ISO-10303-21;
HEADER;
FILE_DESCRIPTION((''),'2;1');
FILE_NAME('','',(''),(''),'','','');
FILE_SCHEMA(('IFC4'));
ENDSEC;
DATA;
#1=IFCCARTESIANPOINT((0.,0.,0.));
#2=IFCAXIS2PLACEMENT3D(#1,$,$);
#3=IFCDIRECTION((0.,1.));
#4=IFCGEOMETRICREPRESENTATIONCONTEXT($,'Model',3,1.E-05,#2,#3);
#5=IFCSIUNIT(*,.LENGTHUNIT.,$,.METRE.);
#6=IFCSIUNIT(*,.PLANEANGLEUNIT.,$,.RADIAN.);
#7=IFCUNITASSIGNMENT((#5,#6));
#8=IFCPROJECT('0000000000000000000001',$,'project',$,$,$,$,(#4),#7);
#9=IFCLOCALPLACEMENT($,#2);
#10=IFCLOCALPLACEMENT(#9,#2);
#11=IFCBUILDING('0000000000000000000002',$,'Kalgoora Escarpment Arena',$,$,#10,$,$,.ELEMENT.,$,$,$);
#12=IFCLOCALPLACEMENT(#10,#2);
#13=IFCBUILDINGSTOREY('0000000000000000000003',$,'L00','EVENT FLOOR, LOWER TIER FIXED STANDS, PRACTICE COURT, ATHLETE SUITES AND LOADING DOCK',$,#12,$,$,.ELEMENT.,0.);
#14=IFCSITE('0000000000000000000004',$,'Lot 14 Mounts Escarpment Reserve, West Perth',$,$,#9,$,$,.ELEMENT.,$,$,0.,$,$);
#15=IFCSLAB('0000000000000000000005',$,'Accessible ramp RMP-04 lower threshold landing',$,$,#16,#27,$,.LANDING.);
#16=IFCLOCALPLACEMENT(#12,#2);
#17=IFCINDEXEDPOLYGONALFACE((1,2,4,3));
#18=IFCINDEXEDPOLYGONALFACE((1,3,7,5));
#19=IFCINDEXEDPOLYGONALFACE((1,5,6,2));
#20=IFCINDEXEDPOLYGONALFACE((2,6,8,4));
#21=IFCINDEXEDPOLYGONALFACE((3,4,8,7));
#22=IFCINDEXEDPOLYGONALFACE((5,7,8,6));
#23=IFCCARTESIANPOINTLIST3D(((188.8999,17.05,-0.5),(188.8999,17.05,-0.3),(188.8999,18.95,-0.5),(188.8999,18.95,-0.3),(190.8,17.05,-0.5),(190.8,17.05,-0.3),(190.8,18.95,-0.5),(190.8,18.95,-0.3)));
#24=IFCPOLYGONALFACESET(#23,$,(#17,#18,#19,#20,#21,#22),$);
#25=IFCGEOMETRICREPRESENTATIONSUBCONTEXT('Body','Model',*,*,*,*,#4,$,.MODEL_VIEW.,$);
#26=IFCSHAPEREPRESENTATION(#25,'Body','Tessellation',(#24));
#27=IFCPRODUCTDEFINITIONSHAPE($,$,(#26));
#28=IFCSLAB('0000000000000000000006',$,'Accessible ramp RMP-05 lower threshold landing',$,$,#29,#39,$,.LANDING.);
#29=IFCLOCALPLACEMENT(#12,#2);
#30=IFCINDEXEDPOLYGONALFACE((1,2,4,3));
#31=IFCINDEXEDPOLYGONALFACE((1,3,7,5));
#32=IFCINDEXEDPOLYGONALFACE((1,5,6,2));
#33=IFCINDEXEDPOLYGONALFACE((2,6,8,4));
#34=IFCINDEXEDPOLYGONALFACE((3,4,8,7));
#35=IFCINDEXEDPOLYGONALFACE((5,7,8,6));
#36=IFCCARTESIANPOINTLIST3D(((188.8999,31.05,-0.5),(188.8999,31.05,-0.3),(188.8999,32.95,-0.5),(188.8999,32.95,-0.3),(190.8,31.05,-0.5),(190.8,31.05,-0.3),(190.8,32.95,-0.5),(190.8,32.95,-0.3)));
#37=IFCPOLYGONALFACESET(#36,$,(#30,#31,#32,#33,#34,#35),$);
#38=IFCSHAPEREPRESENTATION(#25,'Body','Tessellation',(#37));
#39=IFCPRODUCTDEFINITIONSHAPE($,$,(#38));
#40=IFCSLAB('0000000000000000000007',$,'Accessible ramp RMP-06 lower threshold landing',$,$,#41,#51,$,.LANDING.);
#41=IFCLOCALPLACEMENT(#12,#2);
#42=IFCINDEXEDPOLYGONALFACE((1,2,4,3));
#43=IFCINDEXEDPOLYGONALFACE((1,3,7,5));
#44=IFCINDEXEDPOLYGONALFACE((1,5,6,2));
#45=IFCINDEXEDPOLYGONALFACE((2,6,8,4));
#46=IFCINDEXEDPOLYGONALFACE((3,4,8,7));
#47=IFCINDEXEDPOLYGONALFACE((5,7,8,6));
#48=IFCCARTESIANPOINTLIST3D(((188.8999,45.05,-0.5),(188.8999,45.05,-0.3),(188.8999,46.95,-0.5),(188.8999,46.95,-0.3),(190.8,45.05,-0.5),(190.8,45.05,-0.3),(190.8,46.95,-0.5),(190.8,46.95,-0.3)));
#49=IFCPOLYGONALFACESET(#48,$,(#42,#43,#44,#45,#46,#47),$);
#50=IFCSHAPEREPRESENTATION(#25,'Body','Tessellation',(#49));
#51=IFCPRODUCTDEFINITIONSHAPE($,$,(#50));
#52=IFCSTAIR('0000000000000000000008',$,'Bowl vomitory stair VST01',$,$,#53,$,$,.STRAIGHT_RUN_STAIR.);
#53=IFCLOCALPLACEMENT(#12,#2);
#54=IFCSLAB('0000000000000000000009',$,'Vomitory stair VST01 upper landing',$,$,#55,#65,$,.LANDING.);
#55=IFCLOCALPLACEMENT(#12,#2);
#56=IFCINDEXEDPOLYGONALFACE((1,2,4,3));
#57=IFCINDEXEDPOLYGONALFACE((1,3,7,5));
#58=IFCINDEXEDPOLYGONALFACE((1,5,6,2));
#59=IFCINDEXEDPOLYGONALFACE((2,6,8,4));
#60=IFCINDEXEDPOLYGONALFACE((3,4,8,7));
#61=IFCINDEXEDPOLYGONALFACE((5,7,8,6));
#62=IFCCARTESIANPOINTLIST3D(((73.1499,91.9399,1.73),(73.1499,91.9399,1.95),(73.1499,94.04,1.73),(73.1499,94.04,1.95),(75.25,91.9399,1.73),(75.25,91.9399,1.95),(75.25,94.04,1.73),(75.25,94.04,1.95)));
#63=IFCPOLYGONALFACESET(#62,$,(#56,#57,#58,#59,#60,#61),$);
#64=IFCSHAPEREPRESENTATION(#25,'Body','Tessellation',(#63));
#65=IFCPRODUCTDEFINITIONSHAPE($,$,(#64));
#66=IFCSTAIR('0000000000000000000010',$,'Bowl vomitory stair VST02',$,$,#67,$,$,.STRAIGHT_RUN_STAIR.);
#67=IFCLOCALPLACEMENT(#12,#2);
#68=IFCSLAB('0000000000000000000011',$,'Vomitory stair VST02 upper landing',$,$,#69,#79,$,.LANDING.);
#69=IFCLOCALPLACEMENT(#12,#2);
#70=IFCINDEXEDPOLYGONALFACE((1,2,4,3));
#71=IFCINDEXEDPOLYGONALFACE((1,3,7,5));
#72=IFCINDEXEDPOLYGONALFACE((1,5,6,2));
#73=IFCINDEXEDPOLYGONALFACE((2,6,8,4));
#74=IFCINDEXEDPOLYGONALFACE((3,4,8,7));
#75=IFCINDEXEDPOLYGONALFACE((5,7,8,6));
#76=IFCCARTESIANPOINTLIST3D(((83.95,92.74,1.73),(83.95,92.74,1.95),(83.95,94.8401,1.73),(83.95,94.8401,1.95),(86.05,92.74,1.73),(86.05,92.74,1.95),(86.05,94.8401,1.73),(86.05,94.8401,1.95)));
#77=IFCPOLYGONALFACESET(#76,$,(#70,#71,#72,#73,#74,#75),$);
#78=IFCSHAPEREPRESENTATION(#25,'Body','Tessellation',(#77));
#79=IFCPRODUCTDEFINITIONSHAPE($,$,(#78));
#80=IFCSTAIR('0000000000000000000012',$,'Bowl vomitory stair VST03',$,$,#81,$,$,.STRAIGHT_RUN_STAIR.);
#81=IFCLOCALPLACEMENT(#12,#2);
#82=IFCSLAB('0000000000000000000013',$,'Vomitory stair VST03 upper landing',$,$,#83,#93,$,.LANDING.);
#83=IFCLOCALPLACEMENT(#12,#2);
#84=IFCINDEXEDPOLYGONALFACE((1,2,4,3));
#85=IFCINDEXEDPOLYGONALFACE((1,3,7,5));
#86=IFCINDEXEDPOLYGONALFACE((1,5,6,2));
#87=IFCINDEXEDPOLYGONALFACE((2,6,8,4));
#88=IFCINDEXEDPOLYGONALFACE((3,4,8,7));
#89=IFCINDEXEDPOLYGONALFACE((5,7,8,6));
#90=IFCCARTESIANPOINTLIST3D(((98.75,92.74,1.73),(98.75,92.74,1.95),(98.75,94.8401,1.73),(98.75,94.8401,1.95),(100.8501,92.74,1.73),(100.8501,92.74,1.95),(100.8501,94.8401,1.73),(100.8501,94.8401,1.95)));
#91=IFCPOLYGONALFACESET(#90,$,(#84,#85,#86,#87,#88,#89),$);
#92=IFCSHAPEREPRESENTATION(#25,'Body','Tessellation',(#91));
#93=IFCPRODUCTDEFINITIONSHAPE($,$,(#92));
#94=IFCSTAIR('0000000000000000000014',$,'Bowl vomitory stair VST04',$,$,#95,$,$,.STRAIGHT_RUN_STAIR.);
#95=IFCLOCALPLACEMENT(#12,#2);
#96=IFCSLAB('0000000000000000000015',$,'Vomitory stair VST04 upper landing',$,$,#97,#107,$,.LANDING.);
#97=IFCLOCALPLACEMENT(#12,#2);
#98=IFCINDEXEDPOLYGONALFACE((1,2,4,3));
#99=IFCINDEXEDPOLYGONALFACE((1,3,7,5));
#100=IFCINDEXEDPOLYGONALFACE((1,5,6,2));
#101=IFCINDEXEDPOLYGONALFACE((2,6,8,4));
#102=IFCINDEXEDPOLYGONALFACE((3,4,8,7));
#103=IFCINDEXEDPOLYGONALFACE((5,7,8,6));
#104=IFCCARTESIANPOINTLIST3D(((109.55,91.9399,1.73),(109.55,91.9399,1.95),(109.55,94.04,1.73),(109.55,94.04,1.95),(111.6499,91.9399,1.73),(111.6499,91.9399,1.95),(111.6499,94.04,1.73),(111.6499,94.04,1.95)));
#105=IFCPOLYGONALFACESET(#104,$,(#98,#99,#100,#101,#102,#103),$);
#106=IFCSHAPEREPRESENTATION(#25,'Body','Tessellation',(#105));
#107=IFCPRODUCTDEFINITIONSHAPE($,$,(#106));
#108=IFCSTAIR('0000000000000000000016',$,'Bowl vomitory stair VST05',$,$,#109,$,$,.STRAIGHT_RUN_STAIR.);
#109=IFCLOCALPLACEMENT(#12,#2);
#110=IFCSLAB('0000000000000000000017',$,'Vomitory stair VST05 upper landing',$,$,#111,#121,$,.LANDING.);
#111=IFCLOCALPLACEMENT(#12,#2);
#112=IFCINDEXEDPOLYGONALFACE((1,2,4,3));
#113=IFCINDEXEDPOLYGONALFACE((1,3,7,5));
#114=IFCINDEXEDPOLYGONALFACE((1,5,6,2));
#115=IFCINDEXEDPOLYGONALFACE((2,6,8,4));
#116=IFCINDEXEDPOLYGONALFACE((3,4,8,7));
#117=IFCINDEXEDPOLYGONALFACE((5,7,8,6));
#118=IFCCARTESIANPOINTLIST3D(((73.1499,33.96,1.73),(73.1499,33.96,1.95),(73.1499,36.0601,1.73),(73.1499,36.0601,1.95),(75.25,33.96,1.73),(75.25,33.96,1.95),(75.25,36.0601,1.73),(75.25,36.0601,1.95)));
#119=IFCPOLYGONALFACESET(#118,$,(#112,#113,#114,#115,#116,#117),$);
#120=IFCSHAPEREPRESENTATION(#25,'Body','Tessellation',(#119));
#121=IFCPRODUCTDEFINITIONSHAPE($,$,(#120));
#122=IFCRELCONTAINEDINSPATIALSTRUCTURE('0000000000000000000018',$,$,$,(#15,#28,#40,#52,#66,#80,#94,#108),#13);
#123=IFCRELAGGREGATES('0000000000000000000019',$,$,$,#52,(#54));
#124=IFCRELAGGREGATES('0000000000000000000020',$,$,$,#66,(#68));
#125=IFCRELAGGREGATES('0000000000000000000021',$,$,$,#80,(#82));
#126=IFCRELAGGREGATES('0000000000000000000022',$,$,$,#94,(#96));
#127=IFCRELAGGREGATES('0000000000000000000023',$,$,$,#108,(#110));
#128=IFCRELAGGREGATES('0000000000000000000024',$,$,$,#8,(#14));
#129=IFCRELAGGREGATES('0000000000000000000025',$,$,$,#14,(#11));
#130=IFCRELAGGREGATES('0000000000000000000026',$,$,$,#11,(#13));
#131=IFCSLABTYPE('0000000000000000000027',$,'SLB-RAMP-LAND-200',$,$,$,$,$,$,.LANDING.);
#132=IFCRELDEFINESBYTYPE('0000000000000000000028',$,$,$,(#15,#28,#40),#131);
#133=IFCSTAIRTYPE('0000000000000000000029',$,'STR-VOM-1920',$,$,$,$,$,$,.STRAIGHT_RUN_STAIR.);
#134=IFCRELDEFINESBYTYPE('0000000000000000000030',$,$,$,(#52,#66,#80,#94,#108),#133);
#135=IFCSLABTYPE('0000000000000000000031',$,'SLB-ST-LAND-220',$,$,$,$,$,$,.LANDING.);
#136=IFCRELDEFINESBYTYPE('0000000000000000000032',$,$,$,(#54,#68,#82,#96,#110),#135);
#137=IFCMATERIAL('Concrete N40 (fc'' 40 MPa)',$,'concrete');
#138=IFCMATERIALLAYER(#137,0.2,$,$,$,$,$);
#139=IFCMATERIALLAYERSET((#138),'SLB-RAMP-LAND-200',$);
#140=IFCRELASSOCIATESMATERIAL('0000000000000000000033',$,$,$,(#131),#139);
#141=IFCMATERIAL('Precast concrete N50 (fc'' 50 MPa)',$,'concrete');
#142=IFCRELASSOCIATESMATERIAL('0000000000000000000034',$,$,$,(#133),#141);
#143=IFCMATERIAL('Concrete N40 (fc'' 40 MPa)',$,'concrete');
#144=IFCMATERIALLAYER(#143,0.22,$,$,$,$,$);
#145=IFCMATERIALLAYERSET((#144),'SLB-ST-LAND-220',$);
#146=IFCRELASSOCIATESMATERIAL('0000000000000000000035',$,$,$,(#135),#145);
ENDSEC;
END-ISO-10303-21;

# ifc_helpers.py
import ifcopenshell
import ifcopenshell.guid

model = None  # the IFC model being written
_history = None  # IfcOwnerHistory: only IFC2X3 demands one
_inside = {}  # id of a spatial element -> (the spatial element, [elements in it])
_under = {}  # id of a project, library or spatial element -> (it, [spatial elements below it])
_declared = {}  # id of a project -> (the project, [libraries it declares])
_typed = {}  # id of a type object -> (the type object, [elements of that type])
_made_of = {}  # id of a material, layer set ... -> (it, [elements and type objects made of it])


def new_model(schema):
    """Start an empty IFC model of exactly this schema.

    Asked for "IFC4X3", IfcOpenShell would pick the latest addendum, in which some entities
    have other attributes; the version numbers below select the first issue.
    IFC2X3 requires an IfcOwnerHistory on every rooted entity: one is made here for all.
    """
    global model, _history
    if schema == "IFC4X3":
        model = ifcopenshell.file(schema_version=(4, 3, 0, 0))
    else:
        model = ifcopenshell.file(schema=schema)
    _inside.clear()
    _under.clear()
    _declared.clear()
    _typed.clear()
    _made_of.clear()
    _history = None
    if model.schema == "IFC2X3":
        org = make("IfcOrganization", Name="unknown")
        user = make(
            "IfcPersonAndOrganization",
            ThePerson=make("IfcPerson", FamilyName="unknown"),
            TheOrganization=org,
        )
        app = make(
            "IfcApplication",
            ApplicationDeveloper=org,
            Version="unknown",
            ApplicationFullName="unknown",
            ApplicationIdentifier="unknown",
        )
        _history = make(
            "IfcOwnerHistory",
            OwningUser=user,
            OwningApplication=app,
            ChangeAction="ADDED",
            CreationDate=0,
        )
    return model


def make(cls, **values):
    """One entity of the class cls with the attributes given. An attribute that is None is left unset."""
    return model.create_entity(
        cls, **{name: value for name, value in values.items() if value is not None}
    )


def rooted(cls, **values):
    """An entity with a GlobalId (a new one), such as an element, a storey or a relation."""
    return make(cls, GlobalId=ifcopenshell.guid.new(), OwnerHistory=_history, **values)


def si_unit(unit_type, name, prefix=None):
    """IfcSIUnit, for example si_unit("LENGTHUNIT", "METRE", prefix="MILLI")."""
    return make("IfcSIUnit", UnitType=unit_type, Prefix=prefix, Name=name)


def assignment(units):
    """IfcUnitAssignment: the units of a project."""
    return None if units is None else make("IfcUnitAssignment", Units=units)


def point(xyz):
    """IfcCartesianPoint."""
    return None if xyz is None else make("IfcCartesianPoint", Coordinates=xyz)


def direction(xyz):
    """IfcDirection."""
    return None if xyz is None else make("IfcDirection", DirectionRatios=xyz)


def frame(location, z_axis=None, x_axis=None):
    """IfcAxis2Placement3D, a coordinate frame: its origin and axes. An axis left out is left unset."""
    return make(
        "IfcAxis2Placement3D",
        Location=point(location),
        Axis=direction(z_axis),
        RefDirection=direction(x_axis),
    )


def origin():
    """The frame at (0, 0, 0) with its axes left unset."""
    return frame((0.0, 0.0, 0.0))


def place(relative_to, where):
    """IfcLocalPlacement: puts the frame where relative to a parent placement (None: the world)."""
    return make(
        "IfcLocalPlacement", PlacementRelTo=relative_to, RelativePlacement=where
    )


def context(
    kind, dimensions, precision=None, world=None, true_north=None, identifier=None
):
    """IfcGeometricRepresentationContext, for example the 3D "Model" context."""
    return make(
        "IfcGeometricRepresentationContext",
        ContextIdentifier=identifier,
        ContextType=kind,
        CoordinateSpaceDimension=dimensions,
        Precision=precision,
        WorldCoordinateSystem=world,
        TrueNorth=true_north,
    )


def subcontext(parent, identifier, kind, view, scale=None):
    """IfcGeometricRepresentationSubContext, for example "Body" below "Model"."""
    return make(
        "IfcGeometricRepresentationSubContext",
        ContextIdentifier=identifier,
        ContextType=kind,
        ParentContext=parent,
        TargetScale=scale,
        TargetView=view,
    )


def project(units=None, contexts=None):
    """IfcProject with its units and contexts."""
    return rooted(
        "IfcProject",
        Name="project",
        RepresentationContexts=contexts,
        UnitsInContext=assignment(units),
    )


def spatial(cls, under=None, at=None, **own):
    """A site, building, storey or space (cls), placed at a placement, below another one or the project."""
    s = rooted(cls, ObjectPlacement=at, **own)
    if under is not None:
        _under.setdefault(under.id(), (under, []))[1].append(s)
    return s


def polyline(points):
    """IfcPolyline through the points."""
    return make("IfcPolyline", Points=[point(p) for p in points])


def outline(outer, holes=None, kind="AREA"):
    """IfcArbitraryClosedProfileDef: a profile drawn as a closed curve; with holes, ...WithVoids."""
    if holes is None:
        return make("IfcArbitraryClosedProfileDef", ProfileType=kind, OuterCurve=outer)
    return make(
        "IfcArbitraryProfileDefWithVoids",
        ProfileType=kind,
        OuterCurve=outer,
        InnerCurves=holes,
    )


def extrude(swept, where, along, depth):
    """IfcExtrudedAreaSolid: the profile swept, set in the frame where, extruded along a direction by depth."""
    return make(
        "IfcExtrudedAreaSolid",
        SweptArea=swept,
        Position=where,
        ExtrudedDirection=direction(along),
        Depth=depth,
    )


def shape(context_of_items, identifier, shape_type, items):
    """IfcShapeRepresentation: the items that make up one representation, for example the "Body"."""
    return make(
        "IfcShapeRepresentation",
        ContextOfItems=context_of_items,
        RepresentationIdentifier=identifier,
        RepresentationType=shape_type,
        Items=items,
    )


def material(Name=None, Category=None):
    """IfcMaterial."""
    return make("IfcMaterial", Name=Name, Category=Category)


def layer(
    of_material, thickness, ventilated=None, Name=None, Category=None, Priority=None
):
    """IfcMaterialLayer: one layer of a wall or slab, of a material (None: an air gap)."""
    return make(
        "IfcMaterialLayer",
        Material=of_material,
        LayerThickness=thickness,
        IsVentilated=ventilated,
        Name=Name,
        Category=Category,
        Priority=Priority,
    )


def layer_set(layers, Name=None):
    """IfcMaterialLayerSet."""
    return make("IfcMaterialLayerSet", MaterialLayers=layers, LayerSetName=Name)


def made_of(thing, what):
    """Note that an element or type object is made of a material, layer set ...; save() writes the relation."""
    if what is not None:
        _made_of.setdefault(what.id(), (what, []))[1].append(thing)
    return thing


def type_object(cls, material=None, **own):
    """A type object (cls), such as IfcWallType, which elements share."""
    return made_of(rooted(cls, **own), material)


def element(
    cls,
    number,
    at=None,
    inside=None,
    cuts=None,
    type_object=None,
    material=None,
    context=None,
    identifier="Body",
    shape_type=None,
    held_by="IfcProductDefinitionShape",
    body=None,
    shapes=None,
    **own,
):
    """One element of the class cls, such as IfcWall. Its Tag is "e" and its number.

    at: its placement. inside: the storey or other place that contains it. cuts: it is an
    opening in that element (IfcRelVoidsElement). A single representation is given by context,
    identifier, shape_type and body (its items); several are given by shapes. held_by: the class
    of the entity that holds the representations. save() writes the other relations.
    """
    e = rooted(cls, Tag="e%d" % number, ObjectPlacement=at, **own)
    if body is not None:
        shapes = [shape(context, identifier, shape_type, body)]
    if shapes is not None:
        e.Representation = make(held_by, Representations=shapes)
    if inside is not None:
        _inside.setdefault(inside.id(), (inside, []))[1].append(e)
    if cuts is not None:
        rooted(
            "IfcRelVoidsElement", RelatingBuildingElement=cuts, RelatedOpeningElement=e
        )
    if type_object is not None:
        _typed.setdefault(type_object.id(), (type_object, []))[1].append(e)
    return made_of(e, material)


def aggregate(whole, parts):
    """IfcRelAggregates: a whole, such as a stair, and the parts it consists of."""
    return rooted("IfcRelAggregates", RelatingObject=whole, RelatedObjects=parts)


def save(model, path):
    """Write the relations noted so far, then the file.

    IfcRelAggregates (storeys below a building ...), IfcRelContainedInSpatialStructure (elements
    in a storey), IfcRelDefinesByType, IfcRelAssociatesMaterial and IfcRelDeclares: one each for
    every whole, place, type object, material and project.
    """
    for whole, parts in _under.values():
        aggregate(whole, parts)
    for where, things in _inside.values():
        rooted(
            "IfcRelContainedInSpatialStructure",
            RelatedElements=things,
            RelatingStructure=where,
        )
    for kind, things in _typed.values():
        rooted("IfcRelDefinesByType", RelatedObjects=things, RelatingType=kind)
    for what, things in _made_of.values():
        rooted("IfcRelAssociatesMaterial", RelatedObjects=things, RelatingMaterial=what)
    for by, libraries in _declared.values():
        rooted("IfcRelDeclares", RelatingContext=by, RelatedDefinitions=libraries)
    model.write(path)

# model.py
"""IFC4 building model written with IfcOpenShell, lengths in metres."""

from ifc_helpers import new_model, si_unit, direction, frame, origin, place, context, subcontext, project, spatial, polyline, outline, extrude, material, layer, layer_set, type_object, element, aggregate, save


model = new_model("IFC4")

# Units and contexts
model_context = context("Model", 3, precision=1e-05, world=origin(), true_north=direction((0.0, 1.0)))
body_context = subcontext(model_context, "Body", "Model", "MODEL_VIEW")
ifc_project = project(units=[si_unit("LENGTHUNIT", "METRE"), si_unit("PLANEANGLEUNIT", "RADIAN")], contexts=[model_context])

# Site, building, storey
site_placement = place(None, origin())
site = spatial("IfcSite", under=ifc_project, at=site_placement, Name="Lot 14 Mounts Escarpment Reserve, West Perth", CompositionType="ELEMENT", RefElevation=0.0)
building_placement = place(site_placement, origin())
building = spatial("IfcBuilding", under=site, at=building_placement, Name="Kalgoora Escarpment Arena", CompositionType="ELEMENT")
storey_placement = place(building_placement, origin())
storey = spatial("IfcBuildingStorey", under=building, at=storey_placement, Name="L00", Description="EVENT FLOOR, LOWER TIER FIXED STANDS, PRACTICE COURT, ATHLETE SUITES AND LOADING DOCK", CompositionType="ELEMENT", Elevation=0.0)

# Slabs
ifc_material_1 = material(Name="Concrete N40 (fc' 40 MPa)", Category="concrete")
ifc_layer_1 = layer(ifc_material_1, 0.2)
ifc_layer_set_1 = layer_set([ifc_layer_1], Name="SLB-RAMP-LAND-200")
slab_type_1 = type_object("IfcSlabType", Name="SLB-RAMP-LAND-200", PredefinedType="LANDING", material=ifc_layer_set_1)
slab_1_placement = place(storey_placement, frame((0.0, 0.0, -0.5)))
element("IfcSlab", 1, at=slab_1_placement, inside=storey, type_object=slab_type_1, Name="Accessible ramp RMP-04 lower threshold landing", PredefinedType="LANDING", context=body_context, shape_type="SweptSolid", body=[
    extrude(outline(polyline([(188.8999, 17.05), (190.8, 17.05), (190.8, 18.95), (188.8999, 18.95), (188.8999, 17.05)])), origin(), (0.0, 0.0, 1.0), 0.2),
])
slab_2_placement = place(storey_placement, frame((0.0, 0.0, -0.5)))
element("IfcSlab", 2, at=slab_2_placement, inside=storey, type_object=slab_type_1, Name="Accessible ramp RMP-05 lower threshold landing", PredefinedType="LANDING", context=body_context, shape_type="SweptSolid", body=[
    extrude(outline(polyline([(188.8999, 31.05), (190.8, 31.05), (190.8, 32.95), (188.8999, 32.95), (188.8999, 31.05)])), origin(), (0.0, 0.0, 1.0), 0.2),
])
slab_3_placement = place(storey_placement, frame((0.0, 0.0, -0.5)))
element("IfcSlab", 3, at=slab_3_placement, inside=storey, type_object=slab_type_1, Name="Accessible ramp RMP-06 lower threshold landing", PredefinedType="LANDING", context=body_context, shape_type="SweptSolid", body=[
    extrude(outline(polyline([(188.8999, 45.05), (190.8, 45.05), (190.8, 46.95), (188.8999, 46.95), (188.8999, 45.05)])), origin(), (0.0, 0.0, 1.0), 0.2),
])

# Stairs, slabs
ifc_material_2 = material(Name="Precast concrete N50 (fc' 50 MPa)", Category="concrete")
stair_type = type_object("IfcStairType", Name="STR-VOM-1920", PredefinedType="STRAIGHT_RUN_STAIR", material=ifc_material_2)
stair_1_placement = place(storey_placement, origin())
stair_1 = element("IfcStair", 4, at=stair_1_placement, inside=storey, type_object=stair_type, Name="Bowl vomitory stair VST01", PredefinedType="STRAIGHT_RUN_STAIR")
ifc_material_3 = material(Name="Concrete N40 (fc' 40 MPa)", Category="concrete")
ifc_layer_2 = layer(ifc_material_3, 0.22)
ifc_layer_set_2 = layer_set([ifc_layer_2], Name="SLB-ST-LAND-220")
slab_type_2 = type_object("IfcSlabType", Name="SLB-ST-LAND-220", PredefinedType="LANDING", material=ifc_layer_set_2)
slab_4_placement = place(storey_placement, frame((0.0, 0.0, 1.73)))
slab_4 = element("IfcSlab", 5, at=slab_4_placement, type_object=slab_type_2, Name="Vomitory stair VST01 upper landing", PredefinedType="LANDING", context=body_context, shape_type="SweptSolid", body=[
    extrude(outline(polyline([(73.1499, 91.9399), (75.25, 91.9399), (75.25, 94.04), (73.1499, 94.04), (73.1499, 91.9399)])), origin(), (0.0, 0.0, 1.0), 0.22),
])
aggregate(stair_1, [slab_4])
stair_2_placement = place(storey_placement, origin())
stair_2 = element("IfcStair", 6, at=stair_2_placement, inside=storey, type_object=stair_type, Name="Bowl vomitory stair VST02", PredefinedType="STRAIGHT_RUN_STAIR")
slab_5_placement = place(storey_placement, frame((0.0, 0.0, 1.73)))
slab_5 = element("IfcSlab", 7, at=slab_5_placement, type_object=slab_type_2, Name="Vomitory stair VST02 upper landing", PredefinedType="LANDING", context=body_context, shape_type="SweptSolid", body=[
    extrude(outline(polyline([(83.95, 92.74), (86.05, 92.74), (86.05, 94.8401), (83.95, 94.8401), (83.95, 92.74)])), origin(), (0.0, 0.0, 1.0), 0.22),
])
aggregate(stair_2, [slab_5])
stair_3_placement = place(storey_placement, origin())
stair_3 = element("IfcStair", 8, at=stair_3_placement, inside=storey, type_object=stair_type, Name="Bowl vomitory stair VST03", PredefinedType="STRAIGHT_RUN_STAIR")
slab_6_placement = place(storey_placement, frame((0.0, 0.0, 1.73)))
slab_6 = element("IfcSlab", 9, at=slab_6_placement, type_object=slab_type_2, Name="Vomitory stair VST03 upper landing", PredefinedType="LANDING", context=body_context, shape_type="SweptSolid", body=[
    extrude(outline(polyline([(98.75, 92.74), (100.8501, 92.74), (100.8501, 94.8401), (98.75, 94.8401), (98.75, 92.74)])), origin(), (0.0, 0.0, 1.0), 0.22),
])
aggregate(stair_3, [slab_6])
stair_4_placement = place(storey_placement, origin())
stair_4 = element("IfcStair", 10, at=stair_4_placement, inside=storey, type_object=stair_type, Name="Bowl vomitory stair VST04", PredefinedType="STRAIGHT_RUN_STAIR")
slab_7_placement = place(storey_placement, frame((0.0, 0.0, 1.73)))
slab_7 = element("IfcSlab", 11, at=slab_7_placement, type_object=slab_type_2, Name="Vomitory stair VST04 upper landing", PredefinedType="LANDING", context=body_context, shape_type="SweptSolid", body=[
    extrude(outline(polyline([(109.55, 91.9399), (111.6499, 91.9399), (111.6499, 94.04), (109.55, 94.04), (109.55, 91.9399)])), origin(), (0.0, 0.0, 1.0), 0.22),
])
aggregate(stair_4, [slab_7])
stair_5_placement = place(storey_placement, origin())
stair_5 = element("IfcStair", 12, at=stair_5_placement, inside=storey, type_object=stair_type, Name="Bowl vomitory stair VST05", PredefinedType="STRAIGHT_RUN_STAIR")
slab_8_placement = place(storey_placement, frame((0.0, 0.0, 1.73)))
slab_8 = element("IfcSlab", 13, at=slab_8_placement, type_object=slab_type_2, Name="Vomitory stair VST05 upper landing", PredefinedType="LANDING", context=body_context, shape_type="SweptSolid", body=[
    extrude(outline(polyline([(73.1499, 33.96), (75.25, 33.96), (75.25, 36.0601), (73.1499, 36.0601), (73.1499, 33.96)])), origin(), (0.0, 0.0, 1.0), 0.22),
])
aggregate(stair_5, [slab_8])

save(model, "model.ifc")
